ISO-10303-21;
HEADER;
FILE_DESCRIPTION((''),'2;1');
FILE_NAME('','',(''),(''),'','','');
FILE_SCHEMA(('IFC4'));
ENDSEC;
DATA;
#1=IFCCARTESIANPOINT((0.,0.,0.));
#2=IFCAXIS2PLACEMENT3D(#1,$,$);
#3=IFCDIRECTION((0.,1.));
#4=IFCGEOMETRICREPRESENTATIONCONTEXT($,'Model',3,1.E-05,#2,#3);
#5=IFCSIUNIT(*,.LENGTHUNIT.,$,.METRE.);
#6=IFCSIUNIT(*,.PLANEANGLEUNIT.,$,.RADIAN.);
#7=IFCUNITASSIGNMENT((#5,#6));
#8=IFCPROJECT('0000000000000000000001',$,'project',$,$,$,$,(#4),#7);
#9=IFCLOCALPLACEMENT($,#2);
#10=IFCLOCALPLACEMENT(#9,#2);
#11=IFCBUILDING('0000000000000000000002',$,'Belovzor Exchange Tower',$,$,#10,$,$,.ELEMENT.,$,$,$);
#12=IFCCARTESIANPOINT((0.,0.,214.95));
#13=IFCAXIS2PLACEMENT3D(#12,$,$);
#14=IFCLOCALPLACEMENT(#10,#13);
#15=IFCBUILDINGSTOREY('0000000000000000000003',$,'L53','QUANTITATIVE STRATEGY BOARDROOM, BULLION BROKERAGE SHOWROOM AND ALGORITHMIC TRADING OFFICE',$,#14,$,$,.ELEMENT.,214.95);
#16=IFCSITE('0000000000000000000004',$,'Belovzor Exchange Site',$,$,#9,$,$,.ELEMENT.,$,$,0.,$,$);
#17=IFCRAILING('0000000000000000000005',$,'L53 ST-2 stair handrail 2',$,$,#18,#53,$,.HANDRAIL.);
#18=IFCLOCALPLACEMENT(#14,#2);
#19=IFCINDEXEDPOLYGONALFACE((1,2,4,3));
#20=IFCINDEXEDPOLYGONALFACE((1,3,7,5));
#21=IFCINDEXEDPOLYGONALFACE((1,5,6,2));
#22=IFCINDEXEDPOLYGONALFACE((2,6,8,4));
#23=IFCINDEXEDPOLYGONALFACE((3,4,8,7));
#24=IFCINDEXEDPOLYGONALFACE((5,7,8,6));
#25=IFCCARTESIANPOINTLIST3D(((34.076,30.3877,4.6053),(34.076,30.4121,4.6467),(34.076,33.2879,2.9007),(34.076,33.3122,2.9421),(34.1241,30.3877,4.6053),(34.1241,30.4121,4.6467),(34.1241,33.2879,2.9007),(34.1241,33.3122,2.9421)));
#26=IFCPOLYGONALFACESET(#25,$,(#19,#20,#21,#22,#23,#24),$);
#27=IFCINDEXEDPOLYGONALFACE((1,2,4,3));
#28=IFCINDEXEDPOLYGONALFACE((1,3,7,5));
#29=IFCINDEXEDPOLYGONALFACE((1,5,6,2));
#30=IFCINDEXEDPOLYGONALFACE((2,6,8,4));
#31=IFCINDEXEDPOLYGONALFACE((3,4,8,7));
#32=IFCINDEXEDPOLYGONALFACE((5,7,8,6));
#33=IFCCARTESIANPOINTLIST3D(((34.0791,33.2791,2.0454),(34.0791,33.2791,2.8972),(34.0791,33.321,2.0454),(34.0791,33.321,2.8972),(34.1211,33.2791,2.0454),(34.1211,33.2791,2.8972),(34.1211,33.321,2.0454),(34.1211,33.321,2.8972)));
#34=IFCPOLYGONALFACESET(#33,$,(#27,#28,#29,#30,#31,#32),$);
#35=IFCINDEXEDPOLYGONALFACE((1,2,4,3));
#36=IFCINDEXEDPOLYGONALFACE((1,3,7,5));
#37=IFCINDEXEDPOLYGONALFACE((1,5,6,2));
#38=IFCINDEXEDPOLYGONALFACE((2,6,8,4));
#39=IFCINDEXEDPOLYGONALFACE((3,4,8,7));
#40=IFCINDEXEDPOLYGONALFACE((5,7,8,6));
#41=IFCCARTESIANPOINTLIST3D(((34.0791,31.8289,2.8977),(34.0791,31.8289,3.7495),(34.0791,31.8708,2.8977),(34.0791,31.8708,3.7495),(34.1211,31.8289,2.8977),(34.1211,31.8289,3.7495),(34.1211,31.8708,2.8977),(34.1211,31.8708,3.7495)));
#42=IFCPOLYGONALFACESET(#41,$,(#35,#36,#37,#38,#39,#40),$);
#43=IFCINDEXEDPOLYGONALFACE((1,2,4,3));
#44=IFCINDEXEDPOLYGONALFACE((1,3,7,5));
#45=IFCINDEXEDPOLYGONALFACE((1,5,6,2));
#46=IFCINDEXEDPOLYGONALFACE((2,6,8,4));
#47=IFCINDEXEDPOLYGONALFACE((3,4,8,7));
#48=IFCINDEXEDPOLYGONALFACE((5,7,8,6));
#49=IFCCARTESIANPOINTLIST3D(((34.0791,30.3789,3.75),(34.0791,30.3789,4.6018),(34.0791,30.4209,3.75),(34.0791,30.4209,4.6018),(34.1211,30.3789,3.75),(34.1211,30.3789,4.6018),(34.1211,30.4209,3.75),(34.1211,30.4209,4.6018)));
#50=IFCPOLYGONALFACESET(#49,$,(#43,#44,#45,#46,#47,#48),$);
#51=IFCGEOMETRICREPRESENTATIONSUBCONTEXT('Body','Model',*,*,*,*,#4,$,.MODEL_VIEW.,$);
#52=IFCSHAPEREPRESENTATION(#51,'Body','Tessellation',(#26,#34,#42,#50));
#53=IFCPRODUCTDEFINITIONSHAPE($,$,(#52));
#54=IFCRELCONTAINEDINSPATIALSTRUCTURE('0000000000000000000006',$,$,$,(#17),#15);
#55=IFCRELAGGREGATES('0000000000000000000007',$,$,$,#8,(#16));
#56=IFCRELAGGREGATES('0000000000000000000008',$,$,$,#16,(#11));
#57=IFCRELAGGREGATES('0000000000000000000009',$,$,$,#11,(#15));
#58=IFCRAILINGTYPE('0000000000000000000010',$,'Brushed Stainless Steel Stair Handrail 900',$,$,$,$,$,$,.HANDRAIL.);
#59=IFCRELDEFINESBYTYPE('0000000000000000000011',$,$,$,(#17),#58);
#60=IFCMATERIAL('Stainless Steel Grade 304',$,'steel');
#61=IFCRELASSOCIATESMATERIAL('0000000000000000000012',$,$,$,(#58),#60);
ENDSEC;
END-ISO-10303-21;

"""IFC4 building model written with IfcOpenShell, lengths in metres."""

from ifc_helpers import new_model, si_unit, direction, frame, origin, origin_2d, place, context, subcontext, project, spatial, rectangle, extrude, material, type_object, element, save


model = new_model("IFC4")

# Units and contexts
model_context = context("Model", 3, precision=1e-05, world=origin(), true_north=direction((0.0, 1.0)))
body_context = subcontext(model_context, "Body", "Model", "MODEL_VIEW")
ifc_project = project(units=[si_unit("LENGTHUNIT", "METRE"), si_unit("PLANEANGLEUNIT", "RADIAN")], contexts=[model_context])

# Site, building, storey
site_placement = place(None, origin())
site = spatial("IfcSite", under=ifc_project, at=site_placement, Name="Belovzor Exchange Site", CompositionType="ELEMENT", RefElevation=0.0)
building_placement = place(site_placement, origin())
building = spatial("IfcBuilding", under=site, at=building_placement, Name="Belovzor Exchange Tower", CompositionType="ELEMENT")
storey_placement = place(building_placement, frame((0.0, 0.0, 214.95)))
storey = spatial("IfcBuildingStorey", under=building, at=storey_placement, Name="L53", Description="QUANTITATIVE STRATEGY BOARDROOM, BULLION BROKERAGE SHOWROOM AND ALGORITHMIC TRADING OFFICE", CompositionType="ELEMENT", Elevation=214.95)

# Railing
ifc_material_1 = material(Name="Stainless Steel Grade 304", Category="steel")
railing_type_1 = type_object("IfcRailingType", Name="Brushed Stainless Steel Stair Handrail 900", PredefinedType="HANDRAIL", material=ifc_material_1)
railing_1_placement = place(storey_placement, frame((34.1001, 33.3, 2.0454)))
element("IfcRailing", 1, at=railing_1_placement, inside=storey, type_object=railing_type_1, Name="L53 ST-2 stair handrail 2", PredefinedType="HANDRAIL", context=body_context, shape_type="SweptSolid", body=[
    extrude(rectangle(XDim=0.0481, YDim=0.0481, at=origin_2d()), frame((0.0, 0.0, 0.876), z_axis=(0.0, -0.862113, 0.506716), x_axis=(1.0, 0.0, 0.0)), (0.0, 0.0, 1.0), 3.364),
    extrude(rectangle(XDim=0.042, YDim=0.042, at=origin_2d()), origin(), (0.0, 0.0, 1.0), 0.8518),
    extrude(rectangle(XDim=0.042, YDim=0.042, at=origin_2d()), frame((0.0, -1.4502, 0.8523)), (0.0, 0.0, 1.0), 0.8518),
    extrude(rectangle(XDim=0.042, YDim=0.042, at=origin_2d()), frame((0.0, -2.9001, 1.7046)), (0.0, 0.0, 1.0), 0.8518),
])

save(model, "model.ifc")
